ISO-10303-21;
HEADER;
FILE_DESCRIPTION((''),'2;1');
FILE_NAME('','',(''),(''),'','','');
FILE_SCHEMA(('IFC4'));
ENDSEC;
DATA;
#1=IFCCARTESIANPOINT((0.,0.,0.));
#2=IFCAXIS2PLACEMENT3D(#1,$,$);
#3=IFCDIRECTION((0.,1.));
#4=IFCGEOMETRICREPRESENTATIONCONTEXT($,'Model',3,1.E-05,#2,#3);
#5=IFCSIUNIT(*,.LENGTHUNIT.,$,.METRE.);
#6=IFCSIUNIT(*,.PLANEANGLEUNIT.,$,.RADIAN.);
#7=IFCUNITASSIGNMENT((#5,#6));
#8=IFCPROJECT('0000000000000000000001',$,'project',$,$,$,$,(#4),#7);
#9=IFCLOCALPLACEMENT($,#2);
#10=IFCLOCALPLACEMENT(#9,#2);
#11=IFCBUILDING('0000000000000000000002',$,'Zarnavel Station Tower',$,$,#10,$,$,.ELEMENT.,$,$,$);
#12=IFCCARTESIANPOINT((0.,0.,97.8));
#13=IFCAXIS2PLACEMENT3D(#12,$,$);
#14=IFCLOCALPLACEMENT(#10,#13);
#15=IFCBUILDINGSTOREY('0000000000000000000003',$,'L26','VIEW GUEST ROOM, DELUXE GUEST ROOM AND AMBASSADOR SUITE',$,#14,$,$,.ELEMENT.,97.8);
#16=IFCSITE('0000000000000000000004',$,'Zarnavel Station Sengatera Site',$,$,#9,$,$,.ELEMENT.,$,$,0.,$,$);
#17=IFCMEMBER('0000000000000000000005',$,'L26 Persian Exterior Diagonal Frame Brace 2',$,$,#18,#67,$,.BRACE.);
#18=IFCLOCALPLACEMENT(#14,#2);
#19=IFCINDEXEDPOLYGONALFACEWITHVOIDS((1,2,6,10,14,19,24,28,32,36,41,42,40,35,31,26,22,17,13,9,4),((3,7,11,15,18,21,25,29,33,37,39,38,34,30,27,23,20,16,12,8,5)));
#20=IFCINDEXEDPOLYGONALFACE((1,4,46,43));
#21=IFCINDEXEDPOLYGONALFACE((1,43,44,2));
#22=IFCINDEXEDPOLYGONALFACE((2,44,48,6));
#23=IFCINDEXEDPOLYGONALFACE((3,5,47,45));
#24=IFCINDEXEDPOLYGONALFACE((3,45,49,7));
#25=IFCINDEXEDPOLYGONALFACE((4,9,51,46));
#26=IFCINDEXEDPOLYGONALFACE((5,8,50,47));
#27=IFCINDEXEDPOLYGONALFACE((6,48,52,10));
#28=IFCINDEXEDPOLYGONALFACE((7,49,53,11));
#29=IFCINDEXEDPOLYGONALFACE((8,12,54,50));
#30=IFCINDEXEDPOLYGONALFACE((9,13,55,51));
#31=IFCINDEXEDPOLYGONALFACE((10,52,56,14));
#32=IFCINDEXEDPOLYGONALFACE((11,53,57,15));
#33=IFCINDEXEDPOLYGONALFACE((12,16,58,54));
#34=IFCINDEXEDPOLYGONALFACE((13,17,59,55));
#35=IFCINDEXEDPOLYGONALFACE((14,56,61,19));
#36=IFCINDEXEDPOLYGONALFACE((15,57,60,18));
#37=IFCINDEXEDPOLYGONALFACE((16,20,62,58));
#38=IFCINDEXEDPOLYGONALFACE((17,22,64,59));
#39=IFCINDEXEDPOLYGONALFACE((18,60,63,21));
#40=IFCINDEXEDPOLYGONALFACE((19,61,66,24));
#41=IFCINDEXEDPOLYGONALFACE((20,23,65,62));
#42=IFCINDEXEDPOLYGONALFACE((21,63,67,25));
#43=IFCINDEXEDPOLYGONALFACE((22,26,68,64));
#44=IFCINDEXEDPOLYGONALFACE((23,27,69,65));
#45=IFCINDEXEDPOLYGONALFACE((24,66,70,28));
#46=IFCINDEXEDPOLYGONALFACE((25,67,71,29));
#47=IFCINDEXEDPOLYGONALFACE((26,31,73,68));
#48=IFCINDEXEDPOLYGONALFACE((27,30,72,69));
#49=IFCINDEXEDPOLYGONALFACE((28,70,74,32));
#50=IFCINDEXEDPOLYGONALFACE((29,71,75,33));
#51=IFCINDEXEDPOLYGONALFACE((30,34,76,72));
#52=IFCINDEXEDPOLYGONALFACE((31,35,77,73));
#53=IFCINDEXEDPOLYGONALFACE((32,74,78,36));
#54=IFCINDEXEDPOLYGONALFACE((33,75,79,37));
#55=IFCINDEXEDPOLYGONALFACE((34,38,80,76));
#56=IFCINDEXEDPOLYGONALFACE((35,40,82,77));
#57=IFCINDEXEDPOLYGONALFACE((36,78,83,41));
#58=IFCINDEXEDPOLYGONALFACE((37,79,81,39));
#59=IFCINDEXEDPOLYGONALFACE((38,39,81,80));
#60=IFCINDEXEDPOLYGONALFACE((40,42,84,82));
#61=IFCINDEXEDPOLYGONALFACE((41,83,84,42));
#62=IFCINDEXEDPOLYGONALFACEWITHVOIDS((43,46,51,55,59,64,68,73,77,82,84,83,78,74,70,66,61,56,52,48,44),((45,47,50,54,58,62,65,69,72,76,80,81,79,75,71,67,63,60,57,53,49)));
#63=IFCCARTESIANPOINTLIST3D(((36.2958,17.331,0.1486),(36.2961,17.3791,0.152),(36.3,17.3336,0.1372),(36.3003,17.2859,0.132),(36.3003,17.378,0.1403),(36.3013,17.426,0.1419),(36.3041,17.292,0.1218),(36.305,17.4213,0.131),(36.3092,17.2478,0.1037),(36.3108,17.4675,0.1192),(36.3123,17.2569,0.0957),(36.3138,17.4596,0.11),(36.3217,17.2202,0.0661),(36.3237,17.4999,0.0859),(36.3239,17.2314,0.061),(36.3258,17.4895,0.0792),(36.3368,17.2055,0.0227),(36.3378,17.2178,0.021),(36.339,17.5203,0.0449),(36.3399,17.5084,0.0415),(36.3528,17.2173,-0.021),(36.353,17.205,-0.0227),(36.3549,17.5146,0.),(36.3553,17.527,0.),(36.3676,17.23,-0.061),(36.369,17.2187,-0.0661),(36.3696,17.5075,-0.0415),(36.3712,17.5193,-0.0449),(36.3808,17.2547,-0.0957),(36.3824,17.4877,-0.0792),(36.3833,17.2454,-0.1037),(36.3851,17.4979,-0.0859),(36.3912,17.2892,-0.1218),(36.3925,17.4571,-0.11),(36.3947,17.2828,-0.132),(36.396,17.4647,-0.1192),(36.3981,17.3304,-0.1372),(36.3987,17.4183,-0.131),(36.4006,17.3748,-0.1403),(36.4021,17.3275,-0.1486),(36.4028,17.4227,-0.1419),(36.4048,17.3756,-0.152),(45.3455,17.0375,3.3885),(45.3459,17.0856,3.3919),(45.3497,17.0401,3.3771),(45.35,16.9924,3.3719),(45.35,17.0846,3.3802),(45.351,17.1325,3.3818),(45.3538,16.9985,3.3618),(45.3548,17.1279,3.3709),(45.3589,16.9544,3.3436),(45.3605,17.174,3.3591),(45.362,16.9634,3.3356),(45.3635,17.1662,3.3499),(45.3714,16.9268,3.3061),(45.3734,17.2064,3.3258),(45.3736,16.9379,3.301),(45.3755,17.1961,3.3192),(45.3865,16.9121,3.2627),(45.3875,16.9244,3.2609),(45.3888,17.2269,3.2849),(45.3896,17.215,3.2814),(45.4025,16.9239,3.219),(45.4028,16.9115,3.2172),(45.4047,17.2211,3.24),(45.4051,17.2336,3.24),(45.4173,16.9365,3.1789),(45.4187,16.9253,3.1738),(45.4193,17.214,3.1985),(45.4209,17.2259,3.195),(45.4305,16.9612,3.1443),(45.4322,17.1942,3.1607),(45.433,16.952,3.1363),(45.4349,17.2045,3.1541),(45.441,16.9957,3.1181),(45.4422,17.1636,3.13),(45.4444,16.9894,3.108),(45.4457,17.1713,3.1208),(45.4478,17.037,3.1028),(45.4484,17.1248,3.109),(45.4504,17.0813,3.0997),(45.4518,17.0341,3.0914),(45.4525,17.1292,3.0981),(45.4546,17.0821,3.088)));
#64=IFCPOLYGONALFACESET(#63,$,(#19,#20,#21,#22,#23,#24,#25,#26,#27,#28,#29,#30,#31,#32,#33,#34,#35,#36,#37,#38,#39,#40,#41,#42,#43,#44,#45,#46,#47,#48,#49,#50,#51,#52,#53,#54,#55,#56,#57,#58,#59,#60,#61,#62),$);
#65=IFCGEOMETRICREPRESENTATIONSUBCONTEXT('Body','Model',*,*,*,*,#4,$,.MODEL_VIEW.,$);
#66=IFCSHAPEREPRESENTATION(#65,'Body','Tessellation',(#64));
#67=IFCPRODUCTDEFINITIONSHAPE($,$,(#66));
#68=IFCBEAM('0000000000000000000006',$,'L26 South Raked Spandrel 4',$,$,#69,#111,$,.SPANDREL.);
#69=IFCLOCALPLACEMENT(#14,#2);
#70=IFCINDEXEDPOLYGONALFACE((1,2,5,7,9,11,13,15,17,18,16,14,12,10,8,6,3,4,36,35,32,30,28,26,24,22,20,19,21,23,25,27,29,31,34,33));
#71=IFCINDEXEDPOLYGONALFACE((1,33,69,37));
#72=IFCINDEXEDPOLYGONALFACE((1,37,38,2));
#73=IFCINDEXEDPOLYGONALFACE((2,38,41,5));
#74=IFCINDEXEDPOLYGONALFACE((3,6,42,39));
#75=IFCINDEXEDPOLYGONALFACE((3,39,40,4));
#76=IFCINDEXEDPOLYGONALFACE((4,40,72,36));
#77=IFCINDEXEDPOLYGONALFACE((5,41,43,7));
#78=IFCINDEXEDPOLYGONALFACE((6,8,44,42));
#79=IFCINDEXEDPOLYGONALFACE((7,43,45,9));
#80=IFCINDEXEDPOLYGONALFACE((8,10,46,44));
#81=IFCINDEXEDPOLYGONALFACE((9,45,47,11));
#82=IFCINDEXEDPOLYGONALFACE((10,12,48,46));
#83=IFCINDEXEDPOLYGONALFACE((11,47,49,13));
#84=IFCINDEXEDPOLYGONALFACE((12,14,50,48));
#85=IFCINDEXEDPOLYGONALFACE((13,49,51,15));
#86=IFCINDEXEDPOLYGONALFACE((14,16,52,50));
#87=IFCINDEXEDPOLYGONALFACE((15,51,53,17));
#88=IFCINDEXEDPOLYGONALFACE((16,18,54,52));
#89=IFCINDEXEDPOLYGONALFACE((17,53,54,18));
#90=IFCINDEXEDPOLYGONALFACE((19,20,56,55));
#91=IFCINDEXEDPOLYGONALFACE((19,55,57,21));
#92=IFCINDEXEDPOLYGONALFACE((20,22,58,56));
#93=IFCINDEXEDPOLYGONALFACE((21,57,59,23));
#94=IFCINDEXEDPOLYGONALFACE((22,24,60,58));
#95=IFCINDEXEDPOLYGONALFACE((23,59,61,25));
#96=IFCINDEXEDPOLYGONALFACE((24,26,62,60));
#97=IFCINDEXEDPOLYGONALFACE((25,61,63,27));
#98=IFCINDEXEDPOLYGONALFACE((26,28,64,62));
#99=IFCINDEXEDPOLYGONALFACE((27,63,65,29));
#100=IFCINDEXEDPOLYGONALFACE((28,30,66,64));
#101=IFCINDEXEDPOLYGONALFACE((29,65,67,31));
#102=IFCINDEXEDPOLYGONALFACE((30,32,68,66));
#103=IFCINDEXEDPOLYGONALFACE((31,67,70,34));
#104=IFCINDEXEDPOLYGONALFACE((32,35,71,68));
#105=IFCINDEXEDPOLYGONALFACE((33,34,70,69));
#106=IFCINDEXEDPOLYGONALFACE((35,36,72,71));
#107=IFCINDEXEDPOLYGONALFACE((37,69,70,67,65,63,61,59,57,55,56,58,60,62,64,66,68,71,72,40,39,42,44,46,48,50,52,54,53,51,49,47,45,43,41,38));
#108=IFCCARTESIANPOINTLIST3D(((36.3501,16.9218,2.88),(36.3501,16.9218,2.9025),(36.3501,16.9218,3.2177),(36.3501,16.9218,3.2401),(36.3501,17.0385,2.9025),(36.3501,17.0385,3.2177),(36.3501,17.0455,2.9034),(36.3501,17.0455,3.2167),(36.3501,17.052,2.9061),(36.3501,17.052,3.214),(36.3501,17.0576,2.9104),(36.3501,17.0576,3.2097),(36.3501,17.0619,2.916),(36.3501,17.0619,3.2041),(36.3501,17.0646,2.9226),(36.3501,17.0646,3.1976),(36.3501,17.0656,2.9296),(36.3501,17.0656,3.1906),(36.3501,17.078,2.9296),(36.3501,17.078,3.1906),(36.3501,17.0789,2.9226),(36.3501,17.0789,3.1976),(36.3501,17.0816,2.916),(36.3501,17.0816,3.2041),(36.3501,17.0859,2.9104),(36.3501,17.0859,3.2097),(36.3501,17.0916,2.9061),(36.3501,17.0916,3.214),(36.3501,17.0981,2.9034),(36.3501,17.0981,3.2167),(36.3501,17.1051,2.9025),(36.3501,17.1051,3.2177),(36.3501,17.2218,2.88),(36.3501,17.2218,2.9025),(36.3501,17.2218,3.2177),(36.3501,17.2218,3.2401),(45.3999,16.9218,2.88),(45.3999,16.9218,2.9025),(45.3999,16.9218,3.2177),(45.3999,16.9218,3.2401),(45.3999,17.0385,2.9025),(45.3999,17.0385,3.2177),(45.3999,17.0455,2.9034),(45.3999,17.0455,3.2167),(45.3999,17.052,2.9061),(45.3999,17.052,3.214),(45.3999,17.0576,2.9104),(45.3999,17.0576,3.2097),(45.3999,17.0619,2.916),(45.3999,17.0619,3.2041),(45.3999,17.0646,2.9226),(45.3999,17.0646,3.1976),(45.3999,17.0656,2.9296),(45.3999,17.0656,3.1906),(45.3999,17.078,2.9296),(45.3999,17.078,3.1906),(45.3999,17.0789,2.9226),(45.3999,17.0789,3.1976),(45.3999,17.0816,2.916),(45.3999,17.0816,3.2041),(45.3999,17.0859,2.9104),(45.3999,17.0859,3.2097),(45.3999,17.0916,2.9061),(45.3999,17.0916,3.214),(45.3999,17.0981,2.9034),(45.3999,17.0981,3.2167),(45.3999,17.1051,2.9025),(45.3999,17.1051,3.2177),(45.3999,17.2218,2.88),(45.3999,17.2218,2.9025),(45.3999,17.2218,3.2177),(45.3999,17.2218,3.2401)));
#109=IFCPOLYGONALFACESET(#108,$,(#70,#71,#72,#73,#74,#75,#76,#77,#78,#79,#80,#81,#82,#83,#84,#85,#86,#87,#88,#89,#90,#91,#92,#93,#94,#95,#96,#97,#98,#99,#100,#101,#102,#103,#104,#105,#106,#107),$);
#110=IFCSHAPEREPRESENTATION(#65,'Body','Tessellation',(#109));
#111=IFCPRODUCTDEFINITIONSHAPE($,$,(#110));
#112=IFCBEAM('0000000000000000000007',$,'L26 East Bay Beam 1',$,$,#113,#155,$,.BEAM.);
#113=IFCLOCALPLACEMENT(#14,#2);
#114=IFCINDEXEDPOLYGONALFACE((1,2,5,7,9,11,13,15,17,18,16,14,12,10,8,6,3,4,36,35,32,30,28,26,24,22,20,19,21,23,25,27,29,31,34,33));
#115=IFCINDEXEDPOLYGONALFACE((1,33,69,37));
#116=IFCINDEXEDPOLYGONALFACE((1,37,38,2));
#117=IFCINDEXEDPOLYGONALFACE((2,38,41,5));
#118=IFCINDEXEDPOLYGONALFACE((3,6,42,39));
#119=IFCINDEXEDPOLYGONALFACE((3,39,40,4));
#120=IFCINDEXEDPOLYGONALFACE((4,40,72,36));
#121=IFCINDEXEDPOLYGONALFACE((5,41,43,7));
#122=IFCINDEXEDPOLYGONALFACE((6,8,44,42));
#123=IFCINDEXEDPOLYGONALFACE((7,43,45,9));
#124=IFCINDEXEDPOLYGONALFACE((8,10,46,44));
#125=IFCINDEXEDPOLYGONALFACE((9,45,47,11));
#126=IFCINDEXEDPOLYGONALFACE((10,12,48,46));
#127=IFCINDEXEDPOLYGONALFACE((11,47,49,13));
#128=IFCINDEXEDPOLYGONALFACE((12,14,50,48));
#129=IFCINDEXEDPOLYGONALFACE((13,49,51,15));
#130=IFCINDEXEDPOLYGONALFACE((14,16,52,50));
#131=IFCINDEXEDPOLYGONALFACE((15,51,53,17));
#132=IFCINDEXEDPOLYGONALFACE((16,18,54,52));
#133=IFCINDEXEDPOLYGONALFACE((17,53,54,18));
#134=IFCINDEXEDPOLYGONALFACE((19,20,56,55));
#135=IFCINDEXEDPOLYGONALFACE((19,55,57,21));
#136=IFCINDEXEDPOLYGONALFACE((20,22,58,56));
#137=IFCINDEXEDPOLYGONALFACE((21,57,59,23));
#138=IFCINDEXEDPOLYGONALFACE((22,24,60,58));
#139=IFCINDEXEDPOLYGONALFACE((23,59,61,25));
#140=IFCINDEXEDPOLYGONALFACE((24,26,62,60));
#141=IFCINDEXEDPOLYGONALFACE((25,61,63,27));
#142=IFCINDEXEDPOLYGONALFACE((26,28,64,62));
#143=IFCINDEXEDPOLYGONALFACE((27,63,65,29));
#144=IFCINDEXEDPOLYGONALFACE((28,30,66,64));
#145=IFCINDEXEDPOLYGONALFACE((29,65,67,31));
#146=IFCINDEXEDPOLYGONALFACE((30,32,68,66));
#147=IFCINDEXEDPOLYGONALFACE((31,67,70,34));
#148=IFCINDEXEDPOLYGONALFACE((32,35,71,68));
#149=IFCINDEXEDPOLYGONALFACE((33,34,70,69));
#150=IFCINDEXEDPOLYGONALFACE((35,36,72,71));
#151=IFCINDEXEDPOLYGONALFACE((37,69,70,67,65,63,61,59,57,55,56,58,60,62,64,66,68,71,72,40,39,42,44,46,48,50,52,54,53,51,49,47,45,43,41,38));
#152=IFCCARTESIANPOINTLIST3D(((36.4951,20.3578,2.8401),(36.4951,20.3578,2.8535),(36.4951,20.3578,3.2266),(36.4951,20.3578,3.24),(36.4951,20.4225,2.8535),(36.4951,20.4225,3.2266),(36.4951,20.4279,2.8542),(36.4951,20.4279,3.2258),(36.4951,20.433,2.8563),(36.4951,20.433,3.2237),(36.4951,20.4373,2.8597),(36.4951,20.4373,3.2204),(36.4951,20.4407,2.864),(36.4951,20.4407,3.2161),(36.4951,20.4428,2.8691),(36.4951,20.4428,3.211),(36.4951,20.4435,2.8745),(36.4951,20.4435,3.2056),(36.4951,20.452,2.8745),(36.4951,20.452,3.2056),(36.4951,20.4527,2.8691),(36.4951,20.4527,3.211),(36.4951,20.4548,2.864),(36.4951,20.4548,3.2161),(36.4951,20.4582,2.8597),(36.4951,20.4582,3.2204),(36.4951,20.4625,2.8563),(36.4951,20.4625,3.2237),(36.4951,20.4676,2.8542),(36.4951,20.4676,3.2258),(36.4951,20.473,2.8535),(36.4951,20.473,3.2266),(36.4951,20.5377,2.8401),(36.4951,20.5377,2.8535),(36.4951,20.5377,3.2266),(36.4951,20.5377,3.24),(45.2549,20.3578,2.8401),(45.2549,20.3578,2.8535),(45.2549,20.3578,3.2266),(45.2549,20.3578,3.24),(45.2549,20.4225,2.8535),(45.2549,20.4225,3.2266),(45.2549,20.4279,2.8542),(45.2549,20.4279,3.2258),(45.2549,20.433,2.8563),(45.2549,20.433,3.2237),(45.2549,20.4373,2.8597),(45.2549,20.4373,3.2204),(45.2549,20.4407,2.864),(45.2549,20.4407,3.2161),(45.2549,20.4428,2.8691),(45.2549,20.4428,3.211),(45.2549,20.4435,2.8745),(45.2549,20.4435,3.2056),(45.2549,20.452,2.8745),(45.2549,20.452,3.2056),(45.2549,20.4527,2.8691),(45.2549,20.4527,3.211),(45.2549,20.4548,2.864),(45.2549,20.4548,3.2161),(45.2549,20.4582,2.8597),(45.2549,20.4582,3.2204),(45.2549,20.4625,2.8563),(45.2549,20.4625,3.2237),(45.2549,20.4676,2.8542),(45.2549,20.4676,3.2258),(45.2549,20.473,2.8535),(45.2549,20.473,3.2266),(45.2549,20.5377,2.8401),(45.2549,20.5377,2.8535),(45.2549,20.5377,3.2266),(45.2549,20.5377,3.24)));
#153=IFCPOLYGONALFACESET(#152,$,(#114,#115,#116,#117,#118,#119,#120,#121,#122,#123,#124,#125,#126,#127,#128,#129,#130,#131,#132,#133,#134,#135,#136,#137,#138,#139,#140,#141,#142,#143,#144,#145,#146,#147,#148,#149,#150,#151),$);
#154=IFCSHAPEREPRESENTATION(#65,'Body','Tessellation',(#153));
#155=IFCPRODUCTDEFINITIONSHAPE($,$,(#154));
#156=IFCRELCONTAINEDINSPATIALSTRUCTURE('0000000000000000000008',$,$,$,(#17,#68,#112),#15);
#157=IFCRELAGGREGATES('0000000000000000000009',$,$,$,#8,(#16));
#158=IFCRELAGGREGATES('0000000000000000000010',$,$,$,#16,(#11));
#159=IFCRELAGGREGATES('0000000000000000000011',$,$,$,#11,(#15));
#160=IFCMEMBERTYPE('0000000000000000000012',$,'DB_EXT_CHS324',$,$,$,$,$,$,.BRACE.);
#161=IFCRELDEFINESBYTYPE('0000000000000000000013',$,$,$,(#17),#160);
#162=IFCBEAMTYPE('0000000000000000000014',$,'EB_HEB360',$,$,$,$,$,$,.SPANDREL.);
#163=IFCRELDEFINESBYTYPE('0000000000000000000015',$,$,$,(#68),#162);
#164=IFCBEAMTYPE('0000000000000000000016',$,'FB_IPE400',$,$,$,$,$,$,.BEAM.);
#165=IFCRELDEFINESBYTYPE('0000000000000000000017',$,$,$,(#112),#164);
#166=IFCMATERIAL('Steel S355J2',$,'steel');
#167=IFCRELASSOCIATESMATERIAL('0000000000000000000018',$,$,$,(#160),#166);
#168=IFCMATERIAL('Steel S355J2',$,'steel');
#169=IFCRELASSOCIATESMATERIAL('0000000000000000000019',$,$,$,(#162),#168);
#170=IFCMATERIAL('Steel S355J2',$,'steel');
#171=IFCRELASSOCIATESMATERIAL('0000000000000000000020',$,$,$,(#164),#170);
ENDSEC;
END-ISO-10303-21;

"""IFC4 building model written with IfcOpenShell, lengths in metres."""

from ifc_helpers import new_model, si_unit, direction, frame, origin, origin_2d, place, context, subcontext, project, spatial, hollow_circle, i_section, extrude, material, material_profile, profile_set, type_object, element, save


model = new_model("IFC4")

# Units and contexts
model_context = context("Model", 3, precision=1e-05, world=origin(), true_north=direction((0.0, 1.0)))
body_context = subcontext(model_context, "Body", "Model", "MODEL_VIEW")
ifc_project = project(units=[si_unit("LENGTHUNIT", "METRE"), si_unit("PLANEANGLEUNIT", "RADIAN")], contexts=[model_context])

# Site, building, storey
site_placement = place(None, origin())
site = spatial("IfcSite", under=ifc_project, at=site_placement, Name="Zarnavel Station Sengatera Site", CompositionType="ELEMENT", RefElevation=0.0)
building_placement = place(site_placement, origin())
building = spatial("IfcBuilding", under=site, at=building_placement, Name="Zarnavel Station Tower", CompositionType="ELEMENT")
storey_placement = place(building_placement, frame((0.0, 0.0, 97.8)))
storey = spatial("IfcBuildingStorey", under=building, at=storey_placement, Name="L26", Description="VIEW GUEST ROOM, DELUXE GUEST ROOM AND AMBASSADOR SUITE", CompositionType="ELEMENT", Elevation=97.8)

# Member
ifc_material_1 = material(Name="Steel S355J2", Category="steel")
ifc_material_profile_1 = material_profile(ifc_material_1, hollow_circle(Radius=0.1619, WallThickness=0.0125, at=origin_2d()), Name="CHS323.9x12.5")
ifc_profile_set_1 = profile_set([ifc_material_profile_1], Name="Steel S355J2")
member_type_1 = type_object("IfcMemberType", Name="DB_EXT_CHS324", PredefinedType="BRACE", material=ifc_profile_set_1)
member_1_placement = place(storey_placement, frame((36.3501, 17.3652, 0.0), z_axis=(0.941042, -0.030515, 0.33691), x_axis=(0.03241, 0.999475, 0.0)))
element("IfcMember", 1, at=member_1_placement, inside=storey, type_object=member_type_1, Name="L26 Persian Exterior Diagonal Frame Brace 2", PredefinedType="BRACE", context=body_context, shape_type="SweptSolid", body=[
    extrude(hollow_circle(Radius=0.1619, WallThickness=0.0125, at=origin_2d()), origin(), (0.0, 0.0, 1.0), 9.6167),
])

# Beams
ifc_material_2 = material(Name="Steel S355J2", Category="steel")
ifc_material_profile_2 = material_profile(ifc_material_2, i_section(OverallWidth=0.3, OverallDepth=0.3601, WebThickness=0.0125, FlangeThickness=0.0225, FilletRadius=0.0271, at=origin_2d()), Name="HEB360")
ifc_profile_set_2 = profile_set([ifc_material_profile_2], Name="Steel S355J2")
beam_type_1 = type_object("IfcBeamType", Name="EB_HEB360", PredefinedType="SPANDREL", material=ifc_profile_set_2)
beam_1_placement = place(storey_placement, frame((36.3501, 17.0718, 3.0601), z_axis=(1.0, 0.0, 0.0), x_axis=(0.0, 1.0, 0.0)))
element("IfcBeam", 2, at=beam_1_placement, inside=storey, type_object=beam_type_1, Name="L26 South Raked Spandrel 4", PredefinedType="SPANDREL", context=body_context, shape_type="SweptSolid", body=[
    extrude(i_section(OverallWidth=0.3, OverallDepth=0.3601, WebThickness=0.0125, FlangeThickness=0.0225, FilletRadius=0.0271, at=origin_2d()), origin(), (0.0, 0.0, 1.0), 9.0498),
])
ifc_material_3 = material(Name="Steel S355J2", Category="steel")
ifc_material_profile_3 = material_profile(ifc_material_3, i_section(OverallWidth=0.1799, OverallDepth=0.3999, WebThickness=0.0085, FlangeThickness=0.0134, FilletRadius=0.021, at=origin_2d()), Name="IPE400")
ifc_profile_set_3 = profile_set([ifc_material_profile_3], Name="Steel S355J2")
beam_type_2 = type_object("IfcBeamType", Name="FB_IPE400", PredefinedType="BEAM", material=ifc_profile_set_3)
beam_2_placement = place(storey_placement, frame((36.4951, 20.4478, 3.04), z_axis=(1.0, 0.0, 0.0), x_axis=(0.0, 1.0, 0.0)))
element("IfcBeam", 3, at=beam_2_placement, inside=storey, type_object=beam_type_2, Name="L26 East Bay Beam 1", PredefinedType="BEAM", context=body_context, shape_type="SweptSolid", body=[
    extrude(i_section(OverallWidth=0.1799, OverallDepth=0.3999, WebThickness=0.0085, FlangeThickness=0.0134, FilletRadius=0.021, at=origin_2d()), origin(), (0.0, 0.0, 1.0), 8.7598),
])

save(model, "model.ifc")
